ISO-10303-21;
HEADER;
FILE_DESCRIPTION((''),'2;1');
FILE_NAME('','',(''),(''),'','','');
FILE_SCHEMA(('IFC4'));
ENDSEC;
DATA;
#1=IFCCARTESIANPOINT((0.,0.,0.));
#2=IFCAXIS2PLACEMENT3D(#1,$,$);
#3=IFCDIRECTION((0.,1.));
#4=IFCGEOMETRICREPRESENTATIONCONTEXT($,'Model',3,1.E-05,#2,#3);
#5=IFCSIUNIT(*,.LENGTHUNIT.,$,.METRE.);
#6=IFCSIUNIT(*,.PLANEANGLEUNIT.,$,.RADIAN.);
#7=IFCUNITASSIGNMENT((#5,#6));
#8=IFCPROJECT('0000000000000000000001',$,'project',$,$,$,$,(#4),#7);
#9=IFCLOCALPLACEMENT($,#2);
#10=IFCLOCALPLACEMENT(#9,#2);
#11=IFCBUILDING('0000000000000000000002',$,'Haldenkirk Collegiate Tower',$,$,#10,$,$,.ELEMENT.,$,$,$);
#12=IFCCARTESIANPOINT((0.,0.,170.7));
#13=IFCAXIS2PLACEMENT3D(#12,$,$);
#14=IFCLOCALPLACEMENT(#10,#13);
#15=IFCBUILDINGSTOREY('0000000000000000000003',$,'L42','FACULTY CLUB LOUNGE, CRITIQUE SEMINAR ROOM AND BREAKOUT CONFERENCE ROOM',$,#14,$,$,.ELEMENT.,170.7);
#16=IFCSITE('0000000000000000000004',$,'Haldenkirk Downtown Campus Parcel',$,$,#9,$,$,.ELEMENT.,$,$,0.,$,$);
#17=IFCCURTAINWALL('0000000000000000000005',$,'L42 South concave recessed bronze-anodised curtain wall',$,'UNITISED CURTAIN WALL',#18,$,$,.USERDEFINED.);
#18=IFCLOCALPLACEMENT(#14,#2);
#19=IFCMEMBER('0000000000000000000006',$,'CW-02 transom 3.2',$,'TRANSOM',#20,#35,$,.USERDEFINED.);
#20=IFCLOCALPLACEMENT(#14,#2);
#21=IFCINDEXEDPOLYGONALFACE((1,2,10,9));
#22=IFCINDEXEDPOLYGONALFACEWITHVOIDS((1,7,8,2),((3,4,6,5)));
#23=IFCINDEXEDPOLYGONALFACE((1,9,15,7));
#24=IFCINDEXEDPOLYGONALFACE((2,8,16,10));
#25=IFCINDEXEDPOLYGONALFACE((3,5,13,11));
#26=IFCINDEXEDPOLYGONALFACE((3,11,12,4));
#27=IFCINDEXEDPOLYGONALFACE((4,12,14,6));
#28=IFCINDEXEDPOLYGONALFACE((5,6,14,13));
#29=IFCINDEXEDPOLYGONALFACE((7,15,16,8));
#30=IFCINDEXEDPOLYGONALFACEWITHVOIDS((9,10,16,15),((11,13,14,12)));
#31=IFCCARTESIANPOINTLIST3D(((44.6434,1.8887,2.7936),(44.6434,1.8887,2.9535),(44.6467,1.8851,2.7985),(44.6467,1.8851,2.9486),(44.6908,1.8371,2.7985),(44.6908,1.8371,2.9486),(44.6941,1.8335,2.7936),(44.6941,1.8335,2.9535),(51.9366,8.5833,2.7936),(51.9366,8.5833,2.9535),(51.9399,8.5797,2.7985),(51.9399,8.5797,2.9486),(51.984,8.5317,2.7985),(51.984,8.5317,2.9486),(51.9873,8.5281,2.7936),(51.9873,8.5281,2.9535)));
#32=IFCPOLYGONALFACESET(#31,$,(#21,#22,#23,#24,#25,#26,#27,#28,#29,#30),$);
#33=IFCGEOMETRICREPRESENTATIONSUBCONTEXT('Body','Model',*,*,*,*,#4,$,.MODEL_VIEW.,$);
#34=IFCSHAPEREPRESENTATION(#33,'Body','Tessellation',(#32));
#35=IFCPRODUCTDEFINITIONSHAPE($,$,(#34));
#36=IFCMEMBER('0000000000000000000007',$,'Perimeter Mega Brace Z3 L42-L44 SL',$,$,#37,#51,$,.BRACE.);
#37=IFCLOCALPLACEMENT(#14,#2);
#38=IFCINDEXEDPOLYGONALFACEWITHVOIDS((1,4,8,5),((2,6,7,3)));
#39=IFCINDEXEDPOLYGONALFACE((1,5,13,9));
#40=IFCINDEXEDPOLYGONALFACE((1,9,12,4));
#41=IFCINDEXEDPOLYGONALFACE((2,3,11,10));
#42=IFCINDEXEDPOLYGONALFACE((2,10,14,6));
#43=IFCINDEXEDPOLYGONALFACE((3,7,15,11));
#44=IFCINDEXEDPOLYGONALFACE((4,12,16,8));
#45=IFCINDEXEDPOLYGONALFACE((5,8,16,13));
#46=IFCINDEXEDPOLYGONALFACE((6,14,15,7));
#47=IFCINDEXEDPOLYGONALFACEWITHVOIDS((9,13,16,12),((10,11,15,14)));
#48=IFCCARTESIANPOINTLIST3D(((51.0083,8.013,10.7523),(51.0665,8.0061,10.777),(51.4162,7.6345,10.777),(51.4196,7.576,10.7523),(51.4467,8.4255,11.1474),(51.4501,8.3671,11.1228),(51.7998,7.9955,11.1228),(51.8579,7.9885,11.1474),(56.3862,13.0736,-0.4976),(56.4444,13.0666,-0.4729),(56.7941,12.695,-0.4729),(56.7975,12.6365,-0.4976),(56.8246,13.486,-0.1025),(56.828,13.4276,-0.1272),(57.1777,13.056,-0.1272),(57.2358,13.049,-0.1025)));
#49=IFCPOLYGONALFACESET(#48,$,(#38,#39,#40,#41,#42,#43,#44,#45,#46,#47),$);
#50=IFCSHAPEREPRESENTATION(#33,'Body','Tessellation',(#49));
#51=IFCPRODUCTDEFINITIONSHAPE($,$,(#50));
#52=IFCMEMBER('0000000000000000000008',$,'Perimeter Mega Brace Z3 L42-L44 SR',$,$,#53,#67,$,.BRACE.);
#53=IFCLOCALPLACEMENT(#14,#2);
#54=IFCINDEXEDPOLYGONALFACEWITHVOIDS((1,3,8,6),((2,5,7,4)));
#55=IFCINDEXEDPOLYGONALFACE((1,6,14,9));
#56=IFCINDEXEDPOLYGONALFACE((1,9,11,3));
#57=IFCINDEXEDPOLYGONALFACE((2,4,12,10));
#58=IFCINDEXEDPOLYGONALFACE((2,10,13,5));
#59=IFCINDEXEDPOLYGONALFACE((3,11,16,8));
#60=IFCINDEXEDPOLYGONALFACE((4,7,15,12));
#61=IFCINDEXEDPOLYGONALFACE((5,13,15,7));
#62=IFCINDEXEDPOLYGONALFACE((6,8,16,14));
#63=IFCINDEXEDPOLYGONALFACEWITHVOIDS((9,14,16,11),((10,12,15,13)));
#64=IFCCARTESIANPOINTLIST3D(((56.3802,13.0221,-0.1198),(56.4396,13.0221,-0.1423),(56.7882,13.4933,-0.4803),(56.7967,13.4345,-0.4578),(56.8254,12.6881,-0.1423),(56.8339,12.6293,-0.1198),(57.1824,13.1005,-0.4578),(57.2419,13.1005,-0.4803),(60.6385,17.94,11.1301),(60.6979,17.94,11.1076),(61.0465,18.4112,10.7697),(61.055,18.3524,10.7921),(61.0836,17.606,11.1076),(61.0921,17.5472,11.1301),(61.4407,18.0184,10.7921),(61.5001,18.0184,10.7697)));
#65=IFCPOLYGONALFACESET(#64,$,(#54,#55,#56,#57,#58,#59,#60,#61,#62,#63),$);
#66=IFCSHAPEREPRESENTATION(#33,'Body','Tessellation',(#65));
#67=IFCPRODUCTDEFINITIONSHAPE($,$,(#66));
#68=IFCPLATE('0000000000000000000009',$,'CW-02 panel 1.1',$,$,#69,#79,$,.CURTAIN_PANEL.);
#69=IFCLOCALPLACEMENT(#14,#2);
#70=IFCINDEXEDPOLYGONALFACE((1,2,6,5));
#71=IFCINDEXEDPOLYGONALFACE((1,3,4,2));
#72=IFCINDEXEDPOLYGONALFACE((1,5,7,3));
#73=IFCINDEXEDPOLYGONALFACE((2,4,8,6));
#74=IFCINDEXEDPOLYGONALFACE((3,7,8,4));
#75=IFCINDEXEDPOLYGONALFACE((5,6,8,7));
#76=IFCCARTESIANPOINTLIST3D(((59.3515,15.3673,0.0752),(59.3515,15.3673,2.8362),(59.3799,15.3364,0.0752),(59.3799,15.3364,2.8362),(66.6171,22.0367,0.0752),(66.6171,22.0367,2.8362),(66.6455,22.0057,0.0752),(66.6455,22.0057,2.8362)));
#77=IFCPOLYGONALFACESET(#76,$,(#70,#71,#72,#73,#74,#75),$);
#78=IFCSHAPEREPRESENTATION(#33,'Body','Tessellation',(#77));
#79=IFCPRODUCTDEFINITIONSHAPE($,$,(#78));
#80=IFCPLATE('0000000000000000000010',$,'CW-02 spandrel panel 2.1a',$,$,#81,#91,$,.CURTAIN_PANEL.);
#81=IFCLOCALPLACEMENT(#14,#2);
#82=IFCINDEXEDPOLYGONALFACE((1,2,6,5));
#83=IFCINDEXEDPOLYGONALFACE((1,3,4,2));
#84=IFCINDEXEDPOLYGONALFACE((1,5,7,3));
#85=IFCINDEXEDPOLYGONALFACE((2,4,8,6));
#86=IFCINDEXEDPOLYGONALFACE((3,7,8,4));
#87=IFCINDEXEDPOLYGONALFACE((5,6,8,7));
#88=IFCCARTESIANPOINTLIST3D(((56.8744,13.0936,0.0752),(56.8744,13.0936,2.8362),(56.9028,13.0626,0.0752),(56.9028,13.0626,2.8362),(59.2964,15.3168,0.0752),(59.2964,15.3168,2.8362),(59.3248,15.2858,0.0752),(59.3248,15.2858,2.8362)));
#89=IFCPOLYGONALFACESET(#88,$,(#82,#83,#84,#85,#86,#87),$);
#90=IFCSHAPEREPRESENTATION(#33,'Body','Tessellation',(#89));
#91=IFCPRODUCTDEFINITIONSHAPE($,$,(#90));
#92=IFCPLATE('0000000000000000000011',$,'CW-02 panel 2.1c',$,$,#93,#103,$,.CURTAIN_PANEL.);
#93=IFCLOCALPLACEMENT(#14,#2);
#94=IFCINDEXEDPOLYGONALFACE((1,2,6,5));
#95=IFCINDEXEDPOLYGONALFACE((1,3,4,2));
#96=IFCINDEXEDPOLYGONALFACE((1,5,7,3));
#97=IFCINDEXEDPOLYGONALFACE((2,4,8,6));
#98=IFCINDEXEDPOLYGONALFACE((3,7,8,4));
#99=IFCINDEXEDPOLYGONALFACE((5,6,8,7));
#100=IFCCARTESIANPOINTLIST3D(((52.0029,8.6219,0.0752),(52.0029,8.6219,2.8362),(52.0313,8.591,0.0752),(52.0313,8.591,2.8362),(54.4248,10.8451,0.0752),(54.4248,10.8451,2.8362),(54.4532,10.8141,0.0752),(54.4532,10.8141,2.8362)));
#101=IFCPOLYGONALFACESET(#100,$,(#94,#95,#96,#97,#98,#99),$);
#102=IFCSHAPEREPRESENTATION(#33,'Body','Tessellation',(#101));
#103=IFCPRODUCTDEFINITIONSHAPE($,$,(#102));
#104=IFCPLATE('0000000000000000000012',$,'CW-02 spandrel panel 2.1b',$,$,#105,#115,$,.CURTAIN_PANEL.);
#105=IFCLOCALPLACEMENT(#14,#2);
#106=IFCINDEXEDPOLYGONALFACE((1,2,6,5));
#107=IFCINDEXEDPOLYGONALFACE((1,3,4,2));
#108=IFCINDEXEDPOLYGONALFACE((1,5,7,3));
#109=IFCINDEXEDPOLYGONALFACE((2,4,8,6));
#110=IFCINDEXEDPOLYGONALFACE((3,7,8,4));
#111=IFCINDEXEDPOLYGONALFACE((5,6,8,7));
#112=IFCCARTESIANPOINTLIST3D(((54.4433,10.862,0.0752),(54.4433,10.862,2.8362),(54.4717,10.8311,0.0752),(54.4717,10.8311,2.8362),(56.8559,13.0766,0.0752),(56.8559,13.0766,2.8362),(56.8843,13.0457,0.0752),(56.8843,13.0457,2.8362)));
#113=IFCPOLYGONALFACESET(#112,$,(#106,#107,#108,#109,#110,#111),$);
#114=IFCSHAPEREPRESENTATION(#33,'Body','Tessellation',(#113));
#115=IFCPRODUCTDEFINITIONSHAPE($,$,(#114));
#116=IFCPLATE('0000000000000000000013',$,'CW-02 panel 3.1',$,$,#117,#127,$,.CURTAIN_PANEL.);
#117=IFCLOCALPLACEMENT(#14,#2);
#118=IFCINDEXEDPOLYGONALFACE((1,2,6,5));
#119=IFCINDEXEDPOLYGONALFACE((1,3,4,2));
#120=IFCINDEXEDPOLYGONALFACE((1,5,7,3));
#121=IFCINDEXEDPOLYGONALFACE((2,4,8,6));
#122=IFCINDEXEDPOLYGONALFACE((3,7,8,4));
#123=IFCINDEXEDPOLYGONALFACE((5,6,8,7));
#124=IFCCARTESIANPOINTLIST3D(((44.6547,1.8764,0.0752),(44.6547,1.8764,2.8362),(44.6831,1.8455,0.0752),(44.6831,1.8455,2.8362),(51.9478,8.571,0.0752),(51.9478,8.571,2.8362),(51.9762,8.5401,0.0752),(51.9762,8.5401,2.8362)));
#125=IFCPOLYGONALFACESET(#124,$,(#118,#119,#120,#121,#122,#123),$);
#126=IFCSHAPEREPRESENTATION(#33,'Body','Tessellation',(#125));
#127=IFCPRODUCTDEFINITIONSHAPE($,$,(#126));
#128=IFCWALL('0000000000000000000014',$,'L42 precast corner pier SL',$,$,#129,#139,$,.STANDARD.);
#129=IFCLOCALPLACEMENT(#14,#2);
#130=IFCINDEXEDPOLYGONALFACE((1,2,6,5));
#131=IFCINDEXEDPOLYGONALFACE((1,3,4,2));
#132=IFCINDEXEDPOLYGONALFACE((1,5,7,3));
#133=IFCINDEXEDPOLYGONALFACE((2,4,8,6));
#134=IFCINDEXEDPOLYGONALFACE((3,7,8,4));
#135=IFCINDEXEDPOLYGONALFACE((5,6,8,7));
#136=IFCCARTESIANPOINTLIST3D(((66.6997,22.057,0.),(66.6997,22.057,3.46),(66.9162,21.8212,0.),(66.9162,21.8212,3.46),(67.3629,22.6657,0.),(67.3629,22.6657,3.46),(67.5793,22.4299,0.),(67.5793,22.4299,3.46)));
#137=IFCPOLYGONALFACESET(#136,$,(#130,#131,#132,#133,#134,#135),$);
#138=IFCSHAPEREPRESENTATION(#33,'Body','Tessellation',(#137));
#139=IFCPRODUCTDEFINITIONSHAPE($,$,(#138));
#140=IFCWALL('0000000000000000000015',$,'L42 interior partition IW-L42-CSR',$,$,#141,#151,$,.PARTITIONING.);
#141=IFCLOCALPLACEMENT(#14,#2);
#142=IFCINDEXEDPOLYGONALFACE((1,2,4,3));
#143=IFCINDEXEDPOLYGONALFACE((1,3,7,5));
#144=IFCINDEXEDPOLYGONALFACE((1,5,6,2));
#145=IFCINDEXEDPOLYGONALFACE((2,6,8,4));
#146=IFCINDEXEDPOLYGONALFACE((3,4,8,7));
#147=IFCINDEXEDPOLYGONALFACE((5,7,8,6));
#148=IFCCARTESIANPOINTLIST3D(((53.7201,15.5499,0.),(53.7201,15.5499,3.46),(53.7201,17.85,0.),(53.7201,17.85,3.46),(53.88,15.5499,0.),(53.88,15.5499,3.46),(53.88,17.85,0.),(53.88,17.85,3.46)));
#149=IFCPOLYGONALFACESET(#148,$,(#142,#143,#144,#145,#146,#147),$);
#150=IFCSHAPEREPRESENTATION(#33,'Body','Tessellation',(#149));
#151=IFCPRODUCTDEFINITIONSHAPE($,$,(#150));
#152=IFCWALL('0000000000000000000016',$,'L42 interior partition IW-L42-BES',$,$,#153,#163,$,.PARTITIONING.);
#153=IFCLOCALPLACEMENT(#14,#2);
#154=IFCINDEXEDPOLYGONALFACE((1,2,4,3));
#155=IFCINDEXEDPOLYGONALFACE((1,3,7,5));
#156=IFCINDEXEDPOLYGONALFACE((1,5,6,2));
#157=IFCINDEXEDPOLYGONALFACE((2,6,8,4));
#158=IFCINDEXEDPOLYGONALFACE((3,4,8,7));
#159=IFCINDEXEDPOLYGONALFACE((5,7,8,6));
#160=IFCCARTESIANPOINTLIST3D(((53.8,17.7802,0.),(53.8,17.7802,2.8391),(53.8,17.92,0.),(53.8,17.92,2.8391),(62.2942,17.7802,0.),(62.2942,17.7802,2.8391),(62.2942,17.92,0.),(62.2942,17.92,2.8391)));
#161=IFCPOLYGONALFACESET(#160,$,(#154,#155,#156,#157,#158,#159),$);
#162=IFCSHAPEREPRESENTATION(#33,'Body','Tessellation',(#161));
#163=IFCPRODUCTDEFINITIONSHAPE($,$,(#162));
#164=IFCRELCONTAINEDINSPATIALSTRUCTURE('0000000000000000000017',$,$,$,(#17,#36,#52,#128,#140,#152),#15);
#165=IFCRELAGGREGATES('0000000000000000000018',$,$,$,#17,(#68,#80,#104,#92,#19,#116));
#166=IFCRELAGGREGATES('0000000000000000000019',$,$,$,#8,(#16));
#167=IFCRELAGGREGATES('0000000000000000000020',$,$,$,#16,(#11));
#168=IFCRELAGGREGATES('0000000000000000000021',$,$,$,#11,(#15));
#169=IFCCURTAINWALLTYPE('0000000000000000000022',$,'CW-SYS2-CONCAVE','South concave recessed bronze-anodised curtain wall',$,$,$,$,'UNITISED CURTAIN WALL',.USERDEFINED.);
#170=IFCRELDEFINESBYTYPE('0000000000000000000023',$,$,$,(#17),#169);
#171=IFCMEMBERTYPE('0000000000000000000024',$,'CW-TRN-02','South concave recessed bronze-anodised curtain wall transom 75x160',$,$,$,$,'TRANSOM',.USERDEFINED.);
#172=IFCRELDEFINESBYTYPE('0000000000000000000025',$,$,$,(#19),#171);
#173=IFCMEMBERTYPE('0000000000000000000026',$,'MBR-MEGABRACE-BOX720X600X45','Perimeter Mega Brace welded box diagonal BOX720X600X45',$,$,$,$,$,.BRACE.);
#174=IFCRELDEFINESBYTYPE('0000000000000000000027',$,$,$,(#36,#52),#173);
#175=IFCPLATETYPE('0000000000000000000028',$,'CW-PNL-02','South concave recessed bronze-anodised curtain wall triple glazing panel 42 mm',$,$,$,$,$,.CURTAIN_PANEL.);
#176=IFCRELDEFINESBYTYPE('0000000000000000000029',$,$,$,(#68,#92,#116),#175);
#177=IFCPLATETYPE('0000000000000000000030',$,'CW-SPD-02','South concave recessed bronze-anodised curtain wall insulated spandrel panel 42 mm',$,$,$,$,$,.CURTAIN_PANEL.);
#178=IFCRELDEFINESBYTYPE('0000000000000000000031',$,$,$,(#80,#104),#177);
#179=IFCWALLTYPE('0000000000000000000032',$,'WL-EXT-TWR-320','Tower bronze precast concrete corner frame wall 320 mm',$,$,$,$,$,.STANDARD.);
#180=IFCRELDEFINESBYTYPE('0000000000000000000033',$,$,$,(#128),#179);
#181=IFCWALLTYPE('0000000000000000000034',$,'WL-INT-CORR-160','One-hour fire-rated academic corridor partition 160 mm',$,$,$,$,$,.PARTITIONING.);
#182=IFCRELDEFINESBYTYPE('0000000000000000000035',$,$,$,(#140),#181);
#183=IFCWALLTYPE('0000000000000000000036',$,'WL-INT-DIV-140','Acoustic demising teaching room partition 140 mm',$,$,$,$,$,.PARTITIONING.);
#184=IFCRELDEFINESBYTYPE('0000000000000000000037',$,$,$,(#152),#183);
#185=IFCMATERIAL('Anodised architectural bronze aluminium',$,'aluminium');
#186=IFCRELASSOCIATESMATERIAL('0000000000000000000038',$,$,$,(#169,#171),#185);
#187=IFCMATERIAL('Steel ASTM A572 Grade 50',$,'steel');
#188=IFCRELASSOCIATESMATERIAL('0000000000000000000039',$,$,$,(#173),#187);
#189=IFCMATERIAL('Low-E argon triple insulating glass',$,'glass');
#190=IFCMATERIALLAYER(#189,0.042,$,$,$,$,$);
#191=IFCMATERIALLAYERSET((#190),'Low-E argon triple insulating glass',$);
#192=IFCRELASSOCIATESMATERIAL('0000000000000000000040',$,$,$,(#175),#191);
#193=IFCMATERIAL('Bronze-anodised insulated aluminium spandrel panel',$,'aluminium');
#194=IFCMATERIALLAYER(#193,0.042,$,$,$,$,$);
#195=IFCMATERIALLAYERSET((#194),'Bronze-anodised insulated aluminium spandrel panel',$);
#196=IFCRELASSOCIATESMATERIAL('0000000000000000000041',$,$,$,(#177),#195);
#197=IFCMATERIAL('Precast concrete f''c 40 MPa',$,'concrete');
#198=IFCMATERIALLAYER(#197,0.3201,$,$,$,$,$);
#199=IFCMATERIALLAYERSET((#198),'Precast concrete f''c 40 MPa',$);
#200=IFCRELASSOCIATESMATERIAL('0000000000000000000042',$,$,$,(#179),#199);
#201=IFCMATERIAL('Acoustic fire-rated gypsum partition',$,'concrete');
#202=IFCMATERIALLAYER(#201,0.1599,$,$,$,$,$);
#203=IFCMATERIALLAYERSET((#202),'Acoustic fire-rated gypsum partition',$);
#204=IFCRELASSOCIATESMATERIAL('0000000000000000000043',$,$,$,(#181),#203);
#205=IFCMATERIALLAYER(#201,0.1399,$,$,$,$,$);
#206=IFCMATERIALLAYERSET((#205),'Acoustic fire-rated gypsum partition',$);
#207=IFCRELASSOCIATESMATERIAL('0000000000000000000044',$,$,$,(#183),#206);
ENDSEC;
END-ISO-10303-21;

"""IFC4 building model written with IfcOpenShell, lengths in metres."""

from ifc_helpers import new_model, si_unit, direction, frame, frame_2d, origin, origin_2d, place, context, subcontext, project, spatial, rectangle, hollow_rectangle, extrude, source, transform, mapped, material, layer, layer_set, material_profile, profile_set, type_object, element, aggregate, save


model = new_model("IFC4")

# Units and contexts
model_context = context("Model", 3, precision=1e-05, world=origin(), true_north=direction((0.0, 1.0)))
body_context = subcontext(model_context, "Body", "Model", "MODEL_VIEW")
ifc_project = project(units=[si_unit("LENGTHUNIT", "METRE"), si_unit("PLANEANGLEUNIT", "RADIAN")], contexts=[model_context])

# Site, building, storey
site_placement = place(None, origin())
site = spatial("IfcSite", under=ifc_project, at=site_placement, Name="Haldenkirk Downtown Campus Parcel", CompositionType="ELEMENT", RefElevation=0.0)
building_placement = place(site_placement, origin())
building = spatial("IfcBuilding", under=site, at=building_placement, Name="Haldenkirk Collegiate Tower", CompositionType="ELEMENT")
storey_placement = place(building_placement, frame((0.0, 0.0, 170.7)))
storey = spatial("IfcBuildingStorey", under=building, at=storey_placement, Name="L42", Description="FACULTY CLUB LOUNGE, CRITIQUE SEMINAR ROOM AND BREAKOUT CONFERENCE ROOM", CompositionType="ELEMENT", Elevation=170.7)

# Shared definitions
ifc_material_1 = material(Name="Steel ASTM A572 Grade 50", Category="steel")

# Curtain wall, member
ifc_material_2 = material(Name="Anodised architectural bronze aluminium", Category="aluminium")
curtain_wall_type = type_object("IfcCurtainWallType", Name="CW-SYS2-CONCAVE", Description="South concave recessed bronze-anodised curtain wall", ElementType="UNITISED CURTAIN WALL", PredefinedType="USERDEFINED", material=ifc_material_2)
curtain_wall_placement = place(storey_placement, origin())
curtain_wall = element("IfcCurtainWall", 1, at=curtain_wall_placement, inside=storey, type_object=curtain_wall_type, Name="L42 South concave recessed bronze-anodised curtain wall", ObjectType="UNITISED CURTAIN WALL", PredefinedType="USERDEFINED")
ifc_material_profile_1 = material_profile(ifc_material_2, hollow_rectangle(XDim=0.075, YDim=0.1599, WallThickness=0.0049, at=origin_2d()), Name="CW-TRN-02")
ifc_profile_set_1 = profile_set([ifc_material_profile_1], Name="Anodised architectural bronze aluminium")
member_type_1 = type_object("IfcMemberType", Name="CW-TRN-02", Description="South concave recessed bronze-anodised curtain wall transom 75x160", ElementType="TRANSOM", PredefinedType="USERDEFINED", material=ifc_profile_set_1)
member_1_placement = place(storey_placement, frame((51.9619, 8.5557, 2.8735), z_axis=(-0.736694, -0.676226, 0.0), x_axis=(0.676226, -0.736694, 0.0)))
member_1 = element("IfcMember", 2, at=member_1_placement, type_object=member_type_1, Name="CW-02 transom 3.2", ObjectType="TRANSOM", PredefinedType="USERDEFINED", context=body_context, shape_type="SweptSolid", body=[
    extrude(hollow_rectangle(XDim=0.075, YDim=0.1599, WallThickness=0.0049, at=origin_2d()), origin(), (0.0, 0.0, 1.0), 9.8999),
])

# Members
ifc_material_profile_2 = material_profile(ifc_material_1, hollow_rectangle(XDim=0.6001, YDim=0.72, WallThickness=0.0449, at=origin_2d()), Name="BOX720X600X45")
ifc_profile_set_2 = profile_set([ifc_material_profile_2], Name="Steel ASTM A572 Grade 50")
member_type_2 = type_object("IfcMemberType", Name="MBR-MEGABRACE-BOX720X600X45", Description="Perimeter Mega Brace welded box diagonal BOX720X600X45", PredefinedType="BRACE", material=ifc_profile_set_2)
member_2_placement = place(storey_placement, frame((56.811, 13.0613, -0.3), z_axis=(-0.399635, -0.37605, 0.835989), x_axis=(0.68529, -0.72827, 0.0)))
element("IfcMember", 3, at=member_2_placement, inside=storey, type_object=member_type_2, Name="Perimeter Mega Brace Z3 L42-L44 SL", PredefinedType="BRACE", context=body_context, shape_type="SweptSolid", body=[
    extrude(hollow_rectangle(XDim=0.6001, YDim=0.72, WallThickness=0.0449, at=origin_2d()), origin(), (0.0, 0.0, 1.0), 13.457),
])
member_3_placement = place(storey_placement, frame((56.811, 13.0613, -0.3), z_axis=(0.327676, 0.378437, 0.865687), x_axis=(-0.755989, 0.654585, 0.0)))
element("IfcMember", 4, at=member_3_placement, inside=storey, type_object=member_type_2, Name="Perimeter Mega Brace Z3 L42-L44 SR", PredefinedType="BRACE", context=body_context, shape_type="SweptSolid", body=[
    extrude(hollow_rectangle(XDim=0.6001, YDim=0.72, WallThickness=0.0449, at=origin_2d()), origin(), (0.0, 0.0, 1.0), 12.9954),
])

# Plates
ifc_material_3 = material(Name="Low-E argon triple insulating glass", Category="glass")
ifc_layer_1 = layer(ifc_material_3, 0.042)
ifc_layer_set_1 = layer_set([ifc_layer_1], Name="Low-E argon triple insulating glass")
plate_type_1 = type_object("IfcPlateType", Name="CW-PNL-02", Description="South concave recessed bronze-anodised curtain wall triple glazing panel 42 mm", PredefinedType="CURTAIN_PANEL", material=ifc_layer_set_1)
shared_shape_1 = source(origin(), body_context, "Body", "SweptSolid", [
    extrude(rectangle(XDim=9.8625, YDim=0.042, at=origin_2d()), origin(), (0.0, 0.0, 1.0), 2.761),
])
plate_1_placement = place(storey_placement, frame((62.9985, 18.6865, 0.0752), z_axis=(0.0, 0.0, 1.0), x_axis=(-0.736688, -0.676232, 0.0)))
plate_1 = element("IfcPlate", 5, at=plate_1_placement, type_object=plate_type_1, Name="CW-02 panel 1.1", PredefinedType="CURTAIN_PANEL", context=body_context, shape_type="MappedRepresentation", body=[
    mapped(shared_shape_1, transform((0.0, 0.0, 0.0), x_axis=(1.0, 0.0, 0.0), y_axis=(0.0, 1.0, 0.0), z_axis=(0.0, 0.0, 1.0), scale=1.0)),
])
ifc_material_4 = material(Name="Bronze-anodised insulated aluminium spandrel panel", Category="aluminium")
ifc_layer_2 = layer(ifc_material_4, 0.042)
ifc_layer_set_2 = layer_set([ifc_layer_2], Name="Bronze-anodised insulated aluminium spandrel panel")
plate_type_2 = type_object("IfcPlateType", Name="CW-SPD-02", Description="South concave recessed bronze-anodised curtain wall insulated spandrel panel 42 mm", PredefinedType="CURTAIN_PANEL", material=ifc_layer_set_2)
shared_shape_2 = source(origin(), body_context, "Body", "SweptSolid", [
    extrude(rectangle(XDim=3.2876, YDim=0.042, at=origin_2d()), origin(), (0.0, 0.0, 1.0), 2.761),
])
plate_2_placement = place(storey_placement, frame((58.0996, 14.1897, 0.0752), z_axis=(0.0, 0.0, 1.0), x_axis=(-0.736688, -0.676232, 0.0)))
plate_2 = element("IfcPlate", 6, at=plate_2_placement, type_object=plate_type_2, Name="CW-02 spandrel panel 2.1a", PredefinedType="CURTAIN_PANEL", context=body_context, shape_type="MappedRepresentation", body=[
    mapped(shared_shape_2, transform((0.0, 0.0, 0.0), x_axis=(1.0, 0.0, 0.0), y_axis=(0.0, 1.0, 0.0), z_axis=(0.0, 0.0, 1.0), scale=1.0)),
])
plate_3_placement = place(storey_placement, frame((53.228, 9.718, 0.0752), z_axis=(0.0, 0.0, 1.0), x_axis=(-0.736688, -0.676232, 0.0)))
plate_3 = element("IfcPlate", 7, at=plate_3_placement, type_object=plate_type_1, Name="CW-02 panel 2.1c", PredefinedType="CURTAIN_PANEL", context=body_context, shape_type="MappedRepresentation", body=[
    mapped(shared_shape_2, transform((0.0, 0.0, 0.0), x_axis=(1.0, 0.0, 0.0), y_axis=(0.0, 1.0, 0.0), z_axis=(0.0, 0.0, 1.0), scale=1.0)),
])
shared_shape_3 = source(origin(), body_context, "Body", "SweptSolid", [
    extrude(rectangle(XDim=3.2749, YDim=0.042, at=origin_2d()), origin(), (0.0, 0.0, 1.0), 2.761),
])
plate_4_placement = place(storey_placement, frame((55.6638, 11.9539, 0.0752), z_axis=(0.0, 0.0, 1.0), x_axis=(-0.736688, -0.676232, 0.0)))
plate_4 = element("IfcPlate", 8, at=plate_4_placement, type_object=plate_type_2, Name="CW-02 spandrel panel 2.1b", PredefinedType="CURTAIN_PANEL", context=body_context, shape_type="MappedRepresentation", body=[
    mapped(shared_shape_3, transform((0.0, 0.0, 0.0), x_axis=(1.0, 0.0, 0.0), y_axis=(0.0, 1.0, 0.0), z_axis=(0.0, 0.0, 1.0), scale=1.0)),
])
shared_shape_4 = source(origin(), body_context, "Body", "SweptSolid", [
    extrude(rectangle(XDim=9.8999, YDim=0.042, at=origin_2d()), origin(), (0.0, 0.0, 1.0), 2.761),
])
plate_5_placement = place(storey_placement, frame((48.3154, 5.2083, 0.0752), z_axis=(0.0, 0.0, 1.0), x_axis=(-0.736688, -0.676232, 0.0)))
plate_5 = element("IfcPlate", 9, at=plate_5_placement, type_object=plate_type_1, Name="CW-02 panel 3.1", PredefinedType="CURTAIN_PANEL", context=body_context, shape_type="MappedRepresentation", body=[
    mapped(shared_shape_4, transform((0.0, 0.0, 0.0), x_axis=(1.0, 0.0, 0.0), y_axis=(0.0, 1.0, 0.0), z_axis=(0.0, 0.0, 1.0), scale=1.0)),
])
aggregate(curtain_wall, [plate_1, plate_2, plate_4, plate_3, member_1, plate_5])

# Walls
ifc_material_5 = material(Name="Precast concrete f'c 40 MPa", Category="concrete")
ifc_layer_3 = layer(ifc_material_5, 0.3201)
ifc_layer_set_3 = layer_set([ifc_layer_3], Name="Precast concrete f'c 40 MPa")
wall_type_1 = type_object("IfcWallType", Name="WL-EXT-TWR-320", Description="Tower bronze precast concrete corner frame wall 320 mm", PredefinedType="STANDARD", material=ifc_layer_set_3)
wall_1_placement = place(storey_placement, frame((67.4712, 22.5479, 0.0), z_axis=(0.0, 0.0, 1.0), x_axis=(-0.736704, -0.676216, 0.0)))
element("IfcWall", 10, at=wall_1_placement, inside=storey, type_object=wall_type_1, Name="L42 precast corner pier SL", PredefinedType="STANDARD", context=body_context, shape_type="SweptSolid", body=[
    extrude(rectangle(XDim=0.9001, YDim=0.3201, at=frame_2d((0.4502, 0.0))), origin(), (0.0, 0.0, 1.0), 3.46),
])
ifc_material_6 = material(Name="Acoustic fire-rated gypsum partition", Category="concrete")
ifc_layer_4 = layer(ifc_material_6, 0.1599)
ifc_layer_set_4 = layer_set([ifc_layer_4], Name="Acoustic fire-rated gypsum partition")
wall_type_2 = type_object("IfcWallType", Name="WL-INT-CORR-160", Description="One-hour fire-rated academic corridor partition 160 mm", PredefinedType="PARTITIONING", material=ifc_layer_set_4)
wall_2_placement = place(storey_placement, frame((53.8, 15.55, 0.0), z_axis=(0.0, 0.0, 1.0), x_axis=(0.0, 1.0, 0.0)))
element("IfcWall", 11, at=wall_2_placement, inside=storey, type_object=wall_type_2, Name="L42 interior partition IW-L42-CSR", PredefinedType="PARTITIONING", context=body_context, shape_type="SweptSolid", body=[
    extrude(rectangle(XDim=2.3, YDim=0.1599, at=frame_2d((1.1499, 0.0))), origin(), (0.0, 0.0, 1.0), 3.46),
])
ifc_layer_5 = layer(ifc_material_6, 0.1399)
ifc_layer_set_5 = layer_set([ifc_layer_5], Name="Acoustic fire-rated gypsum partition")
wall_type_3 = type_object("IfcWallType", Name="WL-INT-DIV-140", Description="Acoustic demising teaching room partition 140 mm", PredefinedType="PARTITIONING", material=ifc_layer_set_5)
wall_3_placement = place(storey_placement, frame((53.8, 17.8501, 0.0), z_axis=(0.0, 0.0, 1.0), x_axis=(1.0, 0.0, 0.0)))
element("IfcWall", 12, at=wall_3_placement, inside=storey, type_object=wall_type_3, Name="L42 interior partition IW-L42-BES", PredefinedType="PARTITIONING", context=body_context, shape_type="SweptSolid", body=[
    extrude(rectangle(XDim=8.4941, YDim=0.1399, at=frame_2d((4.2471, 0.0))), origin(), (0.0, 0.0, 1.0), 2.8391),
])

save(model, "model.ifc")
